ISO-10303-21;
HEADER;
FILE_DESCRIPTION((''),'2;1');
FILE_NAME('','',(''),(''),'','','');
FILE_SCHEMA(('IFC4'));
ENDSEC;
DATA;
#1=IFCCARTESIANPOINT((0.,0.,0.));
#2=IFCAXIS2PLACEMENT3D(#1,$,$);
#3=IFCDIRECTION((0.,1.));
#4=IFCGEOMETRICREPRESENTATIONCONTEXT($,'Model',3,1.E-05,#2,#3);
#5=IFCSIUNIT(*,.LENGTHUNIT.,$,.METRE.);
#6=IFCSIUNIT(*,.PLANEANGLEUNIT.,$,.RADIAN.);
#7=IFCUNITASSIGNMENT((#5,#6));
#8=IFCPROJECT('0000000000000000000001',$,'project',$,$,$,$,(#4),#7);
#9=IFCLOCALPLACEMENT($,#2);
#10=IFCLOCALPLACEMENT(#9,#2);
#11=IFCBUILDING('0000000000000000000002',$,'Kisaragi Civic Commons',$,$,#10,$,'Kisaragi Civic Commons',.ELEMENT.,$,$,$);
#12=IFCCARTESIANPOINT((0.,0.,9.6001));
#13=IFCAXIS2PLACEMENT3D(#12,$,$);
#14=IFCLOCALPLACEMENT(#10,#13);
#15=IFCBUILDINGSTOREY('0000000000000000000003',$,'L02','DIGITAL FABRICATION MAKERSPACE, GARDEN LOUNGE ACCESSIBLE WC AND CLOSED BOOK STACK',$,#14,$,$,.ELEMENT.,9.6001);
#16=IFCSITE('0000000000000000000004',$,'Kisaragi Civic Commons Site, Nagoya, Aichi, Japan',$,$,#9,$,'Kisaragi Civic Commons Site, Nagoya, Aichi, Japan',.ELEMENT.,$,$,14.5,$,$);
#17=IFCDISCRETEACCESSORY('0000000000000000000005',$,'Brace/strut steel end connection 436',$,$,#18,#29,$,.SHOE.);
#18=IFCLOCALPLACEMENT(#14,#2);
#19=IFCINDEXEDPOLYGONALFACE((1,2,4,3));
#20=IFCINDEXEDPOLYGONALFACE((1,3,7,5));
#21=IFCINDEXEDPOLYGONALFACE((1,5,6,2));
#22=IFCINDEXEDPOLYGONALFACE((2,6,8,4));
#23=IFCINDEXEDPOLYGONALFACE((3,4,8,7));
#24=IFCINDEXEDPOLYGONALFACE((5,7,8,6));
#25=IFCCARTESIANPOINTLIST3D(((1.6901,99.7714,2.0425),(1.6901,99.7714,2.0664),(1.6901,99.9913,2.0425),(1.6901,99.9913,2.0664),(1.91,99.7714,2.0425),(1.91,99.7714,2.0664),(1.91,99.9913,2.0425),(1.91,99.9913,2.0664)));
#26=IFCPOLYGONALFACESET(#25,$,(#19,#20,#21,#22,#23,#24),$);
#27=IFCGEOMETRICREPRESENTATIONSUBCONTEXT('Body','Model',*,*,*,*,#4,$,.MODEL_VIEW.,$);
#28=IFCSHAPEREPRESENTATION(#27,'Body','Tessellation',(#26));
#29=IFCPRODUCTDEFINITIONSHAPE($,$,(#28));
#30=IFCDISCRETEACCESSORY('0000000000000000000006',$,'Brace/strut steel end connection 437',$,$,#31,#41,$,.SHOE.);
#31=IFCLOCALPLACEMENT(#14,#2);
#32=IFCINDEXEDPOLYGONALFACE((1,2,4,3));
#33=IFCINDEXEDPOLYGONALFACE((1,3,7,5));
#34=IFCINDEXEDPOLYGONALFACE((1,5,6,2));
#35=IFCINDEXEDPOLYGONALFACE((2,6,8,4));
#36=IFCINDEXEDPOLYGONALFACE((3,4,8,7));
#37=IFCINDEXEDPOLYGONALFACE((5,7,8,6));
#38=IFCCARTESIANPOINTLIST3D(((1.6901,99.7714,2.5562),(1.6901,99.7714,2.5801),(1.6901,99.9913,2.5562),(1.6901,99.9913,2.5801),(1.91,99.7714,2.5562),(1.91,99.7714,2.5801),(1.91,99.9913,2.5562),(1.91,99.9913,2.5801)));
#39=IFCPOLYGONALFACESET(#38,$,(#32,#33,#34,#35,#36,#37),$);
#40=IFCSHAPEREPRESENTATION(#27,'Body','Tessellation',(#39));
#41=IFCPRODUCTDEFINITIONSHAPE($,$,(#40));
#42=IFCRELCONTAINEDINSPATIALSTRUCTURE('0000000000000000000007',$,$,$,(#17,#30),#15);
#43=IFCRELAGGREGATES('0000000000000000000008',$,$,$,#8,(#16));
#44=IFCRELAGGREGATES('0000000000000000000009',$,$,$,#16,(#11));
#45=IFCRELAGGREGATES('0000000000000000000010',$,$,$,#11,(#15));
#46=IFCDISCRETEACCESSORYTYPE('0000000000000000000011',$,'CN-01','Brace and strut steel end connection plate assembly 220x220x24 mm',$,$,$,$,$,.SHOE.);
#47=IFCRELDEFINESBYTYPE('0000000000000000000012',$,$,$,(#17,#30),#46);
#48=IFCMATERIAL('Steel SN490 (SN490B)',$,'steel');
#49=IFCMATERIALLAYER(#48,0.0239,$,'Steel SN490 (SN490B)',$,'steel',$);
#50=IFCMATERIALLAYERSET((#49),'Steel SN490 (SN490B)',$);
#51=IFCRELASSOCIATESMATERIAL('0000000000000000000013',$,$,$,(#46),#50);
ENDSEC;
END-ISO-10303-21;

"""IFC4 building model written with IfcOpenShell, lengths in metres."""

from ifc_helpers import new_model, si_unit, direction, frame, origin, origin_2d, place, context, subcontext, project, spatial, rectangle, extrude, material, layer, layer_set, type_object, element, save


model = new_model("IFC4")

# Units and contexts
model_context = context("Model", 3, precision=1e-05, world=origin(), true_north=direction((0.0, 1.0)))
body_context = subcontext(model_context, "Body", "Model", "MODEL_VIEW")
ifc_project = project(units=[si_unit("LENGTHUNIT", "METRE"), si_unit("PLANEANGLEUNIT", "RADIAN")], contexts=[model_context])

# Site, building, storey
site_placement = place(None, origin())
site = spatial("IfcSite", under=ifc_project, at=site_placement, Name="Kisaragi Civic Commons Site, Nagoya, Aichi, Japan", LongName="Kisaragi Civic Commons Site, Nagoya, Aichi, Japan", CompositionType="ELEMENT", RefElevation=14.5)
building_placement = place(site_placement, origin())
building = spatial("IfcBuilding", under=site, at=building_placement, Name="Kisaragi Civic Commons", LongName="Kisaragi Civic Commons", CompositionType="ELEMENT")
storey_placement = place(building_placement, frame((0.0, 0.0, 9.6001)))
storey = spatial("IfcBuildingStorey", under=building, at=storey_placement, Name="L02", Description="DIGITAL FABRICATION MAKERSPACE, GARDEN LOUNGE ACCESSIBLE WC AND CLOSED BOOK STACK", CompositionType="ELEMENT", Elevation=9.6001)

# Shared definitions
ifc_material_1 = material(Name="Steel SN490 (SN490B)", Category="steel")

# Discrete accessories
ifc_layer_1 = layer(ifc_material_1, 0.0239, Name="Steel SN490 (SN490B)", Category="steel")
ifc_layer_set_1 = layer_set([ifc_layer_1], Name="Steel SN490 (SN490B)")
discrete_accessory_type = type_object("IfcDiscreteAccessoryType", Name="CN-01", Description="Brace and strut steel end connection plate assembly 220x220x24 mm", PredefinedType="SHOE", material=ifc_layer_set_1)
for number, where, z_axis, x_axis, name in (
    (1, (1.8, 99.8813, 2.0425), (0.0, 0.0, 1.0), (1.0, 0.0, 0.0), "Brace/strut steel end connection 436"),
    (2, (1.8, 99.8813, 2.5562), (0.0, 0.0, 1.0), (1.0, 0.0, 0.0), "Brace/strut steel end connection 437"),
):
    element("IfcDiscreteAccessory", number, at=place(storey_placement, frame(where, z_axis=z_axis, x_axis=x_axis)), inside=storey, type_object=discrete_accessory_type, Name=name, PredefinedType="SHOE", context=body_context, shape_type="SweptSolid", body=[
        extrude(rectangle(XDim=0.22, YDim=0.22, at=origin_2d()), origin(), (0.0, 0.0, 1.0), 0.0239),
    ])

save(model, "model.ifc")
